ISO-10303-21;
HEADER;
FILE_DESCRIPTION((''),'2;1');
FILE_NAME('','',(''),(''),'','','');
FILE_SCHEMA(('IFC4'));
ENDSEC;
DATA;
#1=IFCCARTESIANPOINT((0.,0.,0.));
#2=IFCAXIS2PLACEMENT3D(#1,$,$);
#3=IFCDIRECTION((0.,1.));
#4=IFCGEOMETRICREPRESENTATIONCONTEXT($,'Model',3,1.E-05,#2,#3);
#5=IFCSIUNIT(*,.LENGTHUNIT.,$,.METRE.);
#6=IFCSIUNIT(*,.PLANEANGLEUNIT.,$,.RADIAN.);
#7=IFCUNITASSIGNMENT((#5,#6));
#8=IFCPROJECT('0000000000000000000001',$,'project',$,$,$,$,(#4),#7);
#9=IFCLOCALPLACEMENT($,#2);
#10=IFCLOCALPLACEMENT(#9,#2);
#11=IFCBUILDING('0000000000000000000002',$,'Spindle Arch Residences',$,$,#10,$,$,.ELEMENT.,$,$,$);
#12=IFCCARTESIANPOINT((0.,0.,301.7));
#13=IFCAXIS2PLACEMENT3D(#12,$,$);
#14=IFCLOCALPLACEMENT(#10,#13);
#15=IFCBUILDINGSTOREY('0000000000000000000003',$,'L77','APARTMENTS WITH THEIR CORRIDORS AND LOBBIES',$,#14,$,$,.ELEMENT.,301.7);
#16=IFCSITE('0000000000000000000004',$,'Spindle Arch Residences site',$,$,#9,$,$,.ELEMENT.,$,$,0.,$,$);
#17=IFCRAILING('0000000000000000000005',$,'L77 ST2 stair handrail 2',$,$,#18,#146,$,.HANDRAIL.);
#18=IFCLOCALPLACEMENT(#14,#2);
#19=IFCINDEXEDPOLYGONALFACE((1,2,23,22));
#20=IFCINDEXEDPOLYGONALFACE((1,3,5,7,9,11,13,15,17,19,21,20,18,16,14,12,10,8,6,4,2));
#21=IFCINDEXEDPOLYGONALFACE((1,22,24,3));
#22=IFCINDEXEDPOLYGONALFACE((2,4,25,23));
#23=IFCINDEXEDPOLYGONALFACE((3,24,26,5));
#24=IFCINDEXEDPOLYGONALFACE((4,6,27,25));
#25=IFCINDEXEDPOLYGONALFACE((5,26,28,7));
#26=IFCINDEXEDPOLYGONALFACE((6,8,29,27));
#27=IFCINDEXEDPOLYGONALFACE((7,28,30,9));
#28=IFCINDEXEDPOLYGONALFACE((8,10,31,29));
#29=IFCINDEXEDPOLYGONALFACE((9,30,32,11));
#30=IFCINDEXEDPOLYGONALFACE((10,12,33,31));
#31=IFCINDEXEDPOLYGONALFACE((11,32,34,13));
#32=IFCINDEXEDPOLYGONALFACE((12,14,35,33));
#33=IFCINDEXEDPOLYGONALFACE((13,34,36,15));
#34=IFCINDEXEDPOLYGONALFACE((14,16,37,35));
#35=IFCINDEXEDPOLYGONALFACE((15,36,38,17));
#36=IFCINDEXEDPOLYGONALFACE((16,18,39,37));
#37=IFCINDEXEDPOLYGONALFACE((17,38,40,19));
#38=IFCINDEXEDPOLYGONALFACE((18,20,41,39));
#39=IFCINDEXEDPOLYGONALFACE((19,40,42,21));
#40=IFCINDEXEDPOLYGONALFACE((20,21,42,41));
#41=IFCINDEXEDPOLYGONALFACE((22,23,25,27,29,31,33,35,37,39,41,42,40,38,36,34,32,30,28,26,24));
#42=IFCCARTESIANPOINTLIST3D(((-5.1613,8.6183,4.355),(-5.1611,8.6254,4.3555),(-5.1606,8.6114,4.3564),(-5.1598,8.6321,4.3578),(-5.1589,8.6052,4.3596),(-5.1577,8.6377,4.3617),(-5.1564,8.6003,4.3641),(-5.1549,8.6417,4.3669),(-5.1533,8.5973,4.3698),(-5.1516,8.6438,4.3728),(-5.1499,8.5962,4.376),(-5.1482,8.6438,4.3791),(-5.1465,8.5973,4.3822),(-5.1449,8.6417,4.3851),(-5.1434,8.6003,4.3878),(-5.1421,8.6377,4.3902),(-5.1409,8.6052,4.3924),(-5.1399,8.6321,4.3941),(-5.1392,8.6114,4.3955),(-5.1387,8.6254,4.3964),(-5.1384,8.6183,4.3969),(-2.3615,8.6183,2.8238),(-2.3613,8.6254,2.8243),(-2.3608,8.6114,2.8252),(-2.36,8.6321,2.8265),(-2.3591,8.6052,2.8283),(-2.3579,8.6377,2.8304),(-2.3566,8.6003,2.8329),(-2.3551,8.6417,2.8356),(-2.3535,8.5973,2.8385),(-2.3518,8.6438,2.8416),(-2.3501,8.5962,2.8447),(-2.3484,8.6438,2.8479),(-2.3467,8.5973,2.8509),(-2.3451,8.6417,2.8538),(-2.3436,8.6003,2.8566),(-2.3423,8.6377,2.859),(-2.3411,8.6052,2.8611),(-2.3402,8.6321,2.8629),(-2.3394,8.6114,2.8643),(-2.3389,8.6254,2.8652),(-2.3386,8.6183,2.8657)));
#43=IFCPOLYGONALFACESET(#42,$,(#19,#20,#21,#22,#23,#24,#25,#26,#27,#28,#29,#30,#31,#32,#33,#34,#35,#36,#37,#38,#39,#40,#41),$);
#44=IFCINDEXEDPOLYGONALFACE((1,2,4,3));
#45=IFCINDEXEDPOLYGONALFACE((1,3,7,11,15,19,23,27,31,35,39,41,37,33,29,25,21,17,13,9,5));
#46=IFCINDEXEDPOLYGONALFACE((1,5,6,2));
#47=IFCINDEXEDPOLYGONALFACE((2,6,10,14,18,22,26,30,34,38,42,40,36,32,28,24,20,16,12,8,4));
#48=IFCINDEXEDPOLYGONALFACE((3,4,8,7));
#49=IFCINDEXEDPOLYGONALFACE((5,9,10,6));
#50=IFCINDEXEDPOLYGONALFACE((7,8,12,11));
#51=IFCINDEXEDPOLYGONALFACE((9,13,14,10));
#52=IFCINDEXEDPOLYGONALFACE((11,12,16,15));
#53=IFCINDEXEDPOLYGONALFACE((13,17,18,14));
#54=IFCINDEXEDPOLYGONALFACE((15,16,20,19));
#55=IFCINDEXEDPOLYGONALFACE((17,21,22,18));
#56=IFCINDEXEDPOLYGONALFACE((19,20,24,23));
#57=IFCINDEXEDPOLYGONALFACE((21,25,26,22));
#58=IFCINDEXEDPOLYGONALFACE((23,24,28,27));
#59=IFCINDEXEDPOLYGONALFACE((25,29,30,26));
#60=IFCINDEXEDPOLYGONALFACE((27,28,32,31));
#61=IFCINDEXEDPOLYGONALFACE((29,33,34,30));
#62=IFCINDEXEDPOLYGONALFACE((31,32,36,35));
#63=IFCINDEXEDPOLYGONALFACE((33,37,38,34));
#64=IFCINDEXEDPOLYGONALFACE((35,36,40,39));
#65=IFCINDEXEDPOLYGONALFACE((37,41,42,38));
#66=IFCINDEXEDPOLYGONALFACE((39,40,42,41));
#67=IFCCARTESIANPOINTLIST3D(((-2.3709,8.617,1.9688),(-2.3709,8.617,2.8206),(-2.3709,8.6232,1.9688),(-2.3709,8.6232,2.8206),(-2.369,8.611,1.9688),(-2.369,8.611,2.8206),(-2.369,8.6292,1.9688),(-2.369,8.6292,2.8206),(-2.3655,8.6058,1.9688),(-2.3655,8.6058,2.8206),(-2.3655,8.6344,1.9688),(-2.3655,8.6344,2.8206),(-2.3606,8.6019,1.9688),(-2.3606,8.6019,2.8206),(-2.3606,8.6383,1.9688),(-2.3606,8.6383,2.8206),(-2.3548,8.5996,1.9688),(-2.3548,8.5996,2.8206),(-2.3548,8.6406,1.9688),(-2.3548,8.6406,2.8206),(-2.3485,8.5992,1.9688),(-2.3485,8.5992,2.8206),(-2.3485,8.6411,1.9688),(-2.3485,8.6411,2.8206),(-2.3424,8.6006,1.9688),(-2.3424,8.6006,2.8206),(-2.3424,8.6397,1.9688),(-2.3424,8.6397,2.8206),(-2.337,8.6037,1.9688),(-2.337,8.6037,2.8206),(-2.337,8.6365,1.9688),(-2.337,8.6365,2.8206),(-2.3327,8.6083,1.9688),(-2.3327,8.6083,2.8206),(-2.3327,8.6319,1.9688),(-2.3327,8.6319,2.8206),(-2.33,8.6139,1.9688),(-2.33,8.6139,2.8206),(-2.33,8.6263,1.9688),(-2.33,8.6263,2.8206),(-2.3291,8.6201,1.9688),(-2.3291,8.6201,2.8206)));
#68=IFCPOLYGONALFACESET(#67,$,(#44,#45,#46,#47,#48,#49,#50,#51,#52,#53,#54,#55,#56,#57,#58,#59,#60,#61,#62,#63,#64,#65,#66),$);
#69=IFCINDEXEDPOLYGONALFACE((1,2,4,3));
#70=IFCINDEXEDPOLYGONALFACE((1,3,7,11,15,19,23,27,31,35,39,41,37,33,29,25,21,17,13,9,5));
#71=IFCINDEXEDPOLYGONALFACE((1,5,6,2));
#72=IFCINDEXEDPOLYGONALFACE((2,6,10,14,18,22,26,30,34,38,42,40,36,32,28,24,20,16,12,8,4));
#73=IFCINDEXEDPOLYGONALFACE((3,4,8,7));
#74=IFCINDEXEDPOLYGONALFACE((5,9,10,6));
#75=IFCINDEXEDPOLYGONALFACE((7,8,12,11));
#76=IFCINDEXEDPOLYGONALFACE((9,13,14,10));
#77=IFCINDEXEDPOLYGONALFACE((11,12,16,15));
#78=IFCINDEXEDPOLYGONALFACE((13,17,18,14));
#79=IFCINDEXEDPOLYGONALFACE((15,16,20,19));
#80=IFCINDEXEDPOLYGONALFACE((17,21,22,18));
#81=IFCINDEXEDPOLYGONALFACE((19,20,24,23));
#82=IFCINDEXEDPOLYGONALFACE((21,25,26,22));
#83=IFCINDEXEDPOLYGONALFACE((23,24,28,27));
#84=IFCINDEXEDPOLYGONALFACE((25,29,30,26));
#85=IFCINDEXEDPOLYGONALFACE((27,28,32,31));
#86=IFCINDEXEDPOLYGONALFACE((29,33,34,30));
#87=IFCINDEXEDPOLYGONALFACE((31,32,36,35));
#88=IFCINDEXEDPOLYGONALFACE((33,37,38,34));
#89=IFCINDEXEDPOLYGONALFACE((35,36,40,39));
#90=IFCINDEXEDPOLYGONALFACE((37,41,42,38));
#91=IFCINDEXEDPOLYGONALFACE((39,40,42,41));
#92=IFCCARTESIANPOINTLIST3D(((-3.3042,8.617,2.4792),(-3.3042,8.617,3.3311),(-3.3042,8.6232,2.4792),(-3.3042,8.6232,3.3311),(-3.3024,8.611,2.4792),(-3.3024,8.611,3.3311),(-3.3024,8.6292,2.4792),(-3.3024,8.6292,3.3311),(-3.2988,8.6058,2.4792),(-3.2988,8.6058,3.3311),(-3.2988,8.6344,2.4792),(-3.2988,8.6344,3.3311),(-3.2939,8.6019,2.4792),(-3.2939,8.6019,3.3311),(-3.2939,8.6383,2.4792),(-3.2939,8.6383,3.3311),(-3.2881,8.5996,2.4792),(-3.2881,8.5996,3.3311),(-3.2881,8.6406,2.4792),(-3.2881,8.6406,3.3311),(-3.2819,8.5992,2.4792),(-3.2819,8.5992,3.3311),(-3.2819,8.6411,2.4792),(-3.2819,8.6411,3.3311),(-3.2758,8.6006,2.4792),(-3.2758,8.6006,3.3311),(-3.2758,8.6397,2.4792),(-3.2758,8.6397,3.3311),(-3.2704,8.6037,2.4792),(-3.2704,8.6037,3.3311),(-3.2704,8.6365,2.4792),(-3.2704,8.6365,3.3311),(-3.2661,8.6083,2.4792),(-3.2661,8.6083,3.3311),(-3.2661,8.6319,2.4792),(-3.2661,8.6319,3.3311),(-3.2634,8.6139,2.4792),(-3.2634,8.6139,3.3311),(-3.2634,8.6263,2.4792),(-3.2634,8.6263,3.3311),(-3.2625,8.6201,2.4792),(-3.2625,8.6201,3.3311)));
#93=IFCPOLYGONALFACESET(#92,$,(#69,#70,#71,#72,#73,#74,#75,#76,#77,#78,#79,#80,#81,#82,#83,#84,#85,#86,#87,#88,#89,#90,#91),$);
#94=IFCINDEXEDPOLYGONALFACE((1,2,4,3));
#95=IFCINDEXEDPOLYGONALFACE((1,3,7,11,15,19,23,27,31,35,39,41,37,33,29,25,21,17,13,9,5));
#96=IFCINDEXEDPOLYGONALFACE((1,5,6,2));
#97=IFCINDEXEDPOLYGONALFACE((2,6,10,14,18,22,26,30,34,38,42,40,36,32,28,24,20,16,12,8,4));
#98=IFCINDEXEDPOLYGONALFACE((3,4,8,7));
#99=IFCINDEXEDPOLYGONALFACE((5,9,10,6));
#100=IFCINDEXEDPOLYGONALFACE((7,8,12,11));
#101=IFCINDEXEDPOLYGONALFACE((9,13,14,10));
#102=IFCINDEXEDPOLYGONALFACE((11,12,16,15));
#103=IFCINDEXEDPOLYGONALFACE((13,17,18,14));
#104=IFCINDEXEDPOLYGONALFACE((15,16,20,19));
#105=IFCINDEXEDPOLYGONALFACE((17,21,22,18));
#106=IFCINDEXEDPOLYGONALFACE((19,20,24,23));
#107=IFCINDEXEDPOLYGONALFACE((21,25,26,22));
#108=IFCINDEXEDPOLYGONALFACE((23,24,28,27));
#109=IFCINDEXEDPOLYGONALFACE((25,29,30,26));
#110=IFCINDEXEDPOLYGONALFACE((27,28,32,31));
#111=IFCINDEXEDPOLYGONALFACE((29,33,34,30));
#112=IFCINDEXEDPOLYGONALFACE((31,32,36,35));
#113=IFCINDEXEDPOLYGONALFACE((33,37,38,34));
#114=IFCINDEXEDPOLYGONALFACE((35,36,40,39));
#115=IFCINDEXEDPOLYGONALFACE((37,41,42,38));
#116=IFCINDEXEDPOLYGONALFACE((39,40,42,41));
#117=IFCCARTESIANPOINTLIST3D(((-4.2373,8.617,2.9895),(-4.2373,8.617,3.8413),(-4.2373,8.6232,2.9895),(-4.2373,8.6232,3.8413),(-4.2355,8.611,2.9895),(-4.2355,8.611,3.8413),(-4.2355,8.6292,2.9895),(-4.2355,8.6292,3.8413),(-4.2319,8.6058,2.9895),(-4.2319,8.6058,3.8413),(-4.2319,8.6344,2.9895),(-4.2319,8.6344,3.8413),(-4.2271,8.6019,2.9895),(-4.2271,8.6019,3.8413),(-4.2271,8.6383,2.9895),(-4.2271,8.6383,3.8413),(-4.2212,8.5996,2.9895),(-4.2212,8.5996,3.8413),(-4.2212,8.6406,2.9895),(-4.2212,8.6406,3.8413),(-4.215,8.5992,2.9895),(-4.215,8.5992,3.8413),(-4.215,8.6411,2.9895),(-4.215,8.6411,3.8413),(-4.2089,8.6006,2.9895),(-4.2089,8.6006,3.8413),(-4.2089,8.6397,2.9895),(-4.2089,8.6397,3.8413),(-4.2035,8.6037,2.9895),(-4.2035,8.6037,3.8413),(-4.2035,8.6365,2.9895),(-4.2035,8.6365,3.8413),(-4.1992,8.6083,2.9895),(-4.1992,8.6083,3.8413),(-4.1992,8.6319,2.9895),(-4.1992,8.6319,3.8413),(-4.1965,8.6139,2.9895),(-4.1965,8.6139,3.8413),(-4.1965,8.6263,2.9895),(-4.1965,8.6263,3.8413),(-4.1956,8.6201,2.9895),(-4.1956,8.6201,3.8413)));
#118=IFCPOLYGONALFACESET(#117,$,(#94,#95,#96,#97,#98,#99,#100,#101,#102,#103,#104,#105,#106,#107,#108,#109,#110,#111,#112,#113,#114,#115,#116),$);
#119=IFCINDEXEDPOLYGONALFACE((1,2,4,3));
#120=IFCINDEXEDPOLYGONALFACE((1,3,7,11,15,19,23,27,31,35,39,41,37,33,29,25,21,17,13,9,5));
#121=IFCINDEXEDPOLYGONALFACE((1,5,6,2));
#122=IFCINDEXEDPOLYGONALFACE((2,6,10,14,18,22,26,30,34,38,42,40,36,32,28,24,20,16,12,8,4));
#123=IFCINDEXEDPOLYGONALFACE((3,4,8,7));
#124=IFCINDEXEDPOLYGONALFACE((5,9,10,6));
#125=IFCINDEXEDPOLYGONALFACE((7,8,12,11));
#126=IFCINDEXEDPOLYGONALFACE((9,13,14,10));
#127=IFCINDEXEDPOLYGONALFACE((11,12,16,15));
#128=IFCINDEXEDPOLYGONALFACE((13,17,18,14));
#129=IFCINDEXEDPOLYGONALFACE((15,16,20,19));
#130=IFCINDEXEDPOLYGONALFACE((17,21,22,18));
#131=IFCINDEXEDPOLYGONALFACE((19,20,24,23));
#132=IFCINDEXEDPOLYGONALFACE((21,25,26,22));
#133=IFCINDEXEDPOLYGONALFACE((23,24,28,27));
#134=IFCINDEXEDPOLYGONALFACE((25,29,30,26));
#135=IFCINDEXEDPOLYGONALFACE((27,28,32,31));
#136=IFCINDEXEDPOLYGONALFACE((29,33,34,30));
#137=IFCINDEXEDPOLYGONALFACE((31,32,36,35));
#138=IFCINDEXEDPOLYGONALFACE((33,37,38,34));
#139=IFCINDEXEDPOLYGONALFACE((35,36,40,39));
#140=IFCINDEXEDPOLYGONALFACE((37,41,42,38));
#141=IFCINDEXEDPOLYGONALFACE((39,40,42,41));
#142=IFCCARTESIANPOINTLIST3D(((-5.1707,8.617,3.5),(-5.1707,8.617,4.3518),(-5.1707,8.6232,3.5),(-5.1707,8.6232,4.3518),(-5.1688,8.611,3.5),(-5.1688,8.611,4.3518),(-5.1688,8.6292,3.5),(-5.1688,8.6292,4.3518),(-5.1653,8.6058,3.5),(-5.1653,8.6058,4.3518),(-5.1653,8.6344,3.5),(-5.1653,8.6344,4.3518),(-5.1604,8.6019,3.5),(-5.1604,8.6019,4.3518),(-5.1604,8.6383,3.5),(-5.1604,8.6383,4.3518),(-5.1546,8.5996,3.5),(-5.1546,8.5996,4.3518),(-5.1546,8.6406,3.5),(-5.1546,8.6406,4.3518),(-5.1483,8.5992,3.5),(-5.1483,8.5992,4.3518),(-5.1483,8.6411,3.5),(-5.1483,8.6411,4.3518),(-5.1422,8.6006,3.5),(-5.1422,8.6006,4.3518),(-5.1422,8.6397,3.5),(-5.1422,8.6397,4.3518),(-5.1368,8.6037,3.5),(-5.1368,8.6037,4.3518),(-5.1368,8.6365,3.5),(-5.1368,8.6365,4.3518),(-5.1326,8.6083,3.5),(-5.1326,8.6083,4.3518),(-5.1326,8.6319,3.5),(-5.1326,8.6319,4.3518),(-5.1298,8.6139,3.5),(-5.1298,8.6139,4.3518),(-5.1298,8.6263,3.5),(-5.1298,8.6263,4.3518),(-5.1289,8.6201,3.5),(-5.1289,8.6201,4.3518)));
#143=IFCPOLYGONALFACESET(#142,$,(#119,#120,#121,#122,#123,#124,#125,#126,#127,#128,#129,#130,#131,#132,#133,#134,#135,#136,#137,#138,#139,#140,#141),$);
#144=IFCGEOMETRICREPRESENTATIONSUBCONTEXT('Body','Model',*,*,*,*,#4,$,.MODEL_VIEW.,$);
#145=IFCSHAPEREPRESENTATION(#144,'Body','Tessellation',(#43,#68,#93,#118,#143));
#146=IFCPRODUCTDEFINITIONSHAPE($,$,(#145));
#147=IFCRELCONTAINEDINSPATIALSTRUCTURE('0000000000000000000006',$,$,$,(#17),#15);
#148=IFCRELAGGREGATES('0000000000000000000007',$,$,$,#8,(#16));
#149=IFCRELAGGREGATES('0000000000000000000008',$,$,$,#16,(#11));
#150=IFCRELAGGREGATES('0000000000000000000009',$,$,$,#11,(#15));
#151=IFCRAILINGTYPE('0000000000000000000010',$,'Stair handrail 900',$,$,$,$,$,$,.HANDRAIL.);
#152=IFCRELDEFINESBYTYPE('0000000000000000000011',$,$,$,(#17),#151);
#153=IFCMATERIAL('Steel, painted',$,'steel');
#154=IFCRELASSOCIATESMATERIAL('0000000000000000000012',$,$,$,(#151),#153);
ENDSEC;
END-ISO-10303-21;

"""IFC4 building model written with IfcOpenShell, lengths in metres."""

from ifc_helpers import new_model, si_unit, direction, frame, origin, origin_2d, place, context, subcontext, project, spatial, circle, extrude, material, type_object, element, save


model = new_model("IFC4")

# Units and contexts
model_context = context("Model", 3, precision=1e-05, world=origin(), true_north=direction((0.0, 1.0)))
body_context = subcontext(model_context, "Body", "Model", "MODEL_VIEW")
ifc_project = project(units=[si_unit("LENGTHUNIT", "METRE"), si_unit("PLANEANGLEUNIT", "RADIAN")], contexts=[model_context])

# Site, building, storey
site_placement = place(None, origin())
site = spatial("IfcSite", under=ifc_project, at=site_placement, Name="Spindle Arch Residences site", CompositionType="ELEMENT", RefElevation=0.0)
building_placement = place(site_placement, origin())
building = spatial("IfcBuilding", under=site, at=building_placement, Name="Spindle Arch Residences", CompositionType="ELEMENT")
storey_placement = place(building_placement, frame((0.0, 0.0, 301.7)))
storey = spatial("IfcBuildingStorey", under=building, at=storey_placement, Name="L77", Description="APARTMENTS WITH THEIR CORRIDORS AND LOBBIES", CompositionType="ELEMENT", Elevation=301.7)

# Railing
ifc_material_1 = material(Name="Steel, painted", Category="steel")
railing_type_1 = type_object("IfcRailingType", Name="Stair handrail 900", PredefinedType="HANDRAIL", material=ifc_material_1)
railing_1_placement = place(storey_placement, frame((-2.3501, 8.6201, 1.9688)))
element("IfcRailing", 1, at=railing_1_placement, inside=storey, type_object=railing_type_1, Name="L77 ST2 stair handrail 2", PredefinedType="HANDRAIL", context=body_context, shape_type="SweptSolid", body=[
    extrude(circle(Radius=0.0239, at=origin_2d()), frame((0.0, 0.0, 0.876), z_axis=(-0.877357, 0.0, 0.479838), x_axis=(0.0, -1.0, 0.0)), (0.0, 0.0, 1.0), 3.1912),
    extrude(circle(Radius=0.021, at=origin_2d()), origin(), (0.0, 0.0, 1.0), 0.8518),
    extrude(circle(Radius=0.021, at=origin_2d()), frame((-0.9333, 0.0, 0.5105)), (0.0, 0.0, 1.0), 0.8518),
    extrude(circle(Radius=0.021, at=origin_2d()), frame((-1.8665, 0.0, 1.0208)), (0.0, 0.0, 1.0), 0.8518),
    extrude(circle(Radius=0.021, at=origin_2d()), frame((-2.7998, 0.0, 1.5312)), (0.0, 0.0, 1.0), 0.8518),
])

save(model, "model.ifc")
